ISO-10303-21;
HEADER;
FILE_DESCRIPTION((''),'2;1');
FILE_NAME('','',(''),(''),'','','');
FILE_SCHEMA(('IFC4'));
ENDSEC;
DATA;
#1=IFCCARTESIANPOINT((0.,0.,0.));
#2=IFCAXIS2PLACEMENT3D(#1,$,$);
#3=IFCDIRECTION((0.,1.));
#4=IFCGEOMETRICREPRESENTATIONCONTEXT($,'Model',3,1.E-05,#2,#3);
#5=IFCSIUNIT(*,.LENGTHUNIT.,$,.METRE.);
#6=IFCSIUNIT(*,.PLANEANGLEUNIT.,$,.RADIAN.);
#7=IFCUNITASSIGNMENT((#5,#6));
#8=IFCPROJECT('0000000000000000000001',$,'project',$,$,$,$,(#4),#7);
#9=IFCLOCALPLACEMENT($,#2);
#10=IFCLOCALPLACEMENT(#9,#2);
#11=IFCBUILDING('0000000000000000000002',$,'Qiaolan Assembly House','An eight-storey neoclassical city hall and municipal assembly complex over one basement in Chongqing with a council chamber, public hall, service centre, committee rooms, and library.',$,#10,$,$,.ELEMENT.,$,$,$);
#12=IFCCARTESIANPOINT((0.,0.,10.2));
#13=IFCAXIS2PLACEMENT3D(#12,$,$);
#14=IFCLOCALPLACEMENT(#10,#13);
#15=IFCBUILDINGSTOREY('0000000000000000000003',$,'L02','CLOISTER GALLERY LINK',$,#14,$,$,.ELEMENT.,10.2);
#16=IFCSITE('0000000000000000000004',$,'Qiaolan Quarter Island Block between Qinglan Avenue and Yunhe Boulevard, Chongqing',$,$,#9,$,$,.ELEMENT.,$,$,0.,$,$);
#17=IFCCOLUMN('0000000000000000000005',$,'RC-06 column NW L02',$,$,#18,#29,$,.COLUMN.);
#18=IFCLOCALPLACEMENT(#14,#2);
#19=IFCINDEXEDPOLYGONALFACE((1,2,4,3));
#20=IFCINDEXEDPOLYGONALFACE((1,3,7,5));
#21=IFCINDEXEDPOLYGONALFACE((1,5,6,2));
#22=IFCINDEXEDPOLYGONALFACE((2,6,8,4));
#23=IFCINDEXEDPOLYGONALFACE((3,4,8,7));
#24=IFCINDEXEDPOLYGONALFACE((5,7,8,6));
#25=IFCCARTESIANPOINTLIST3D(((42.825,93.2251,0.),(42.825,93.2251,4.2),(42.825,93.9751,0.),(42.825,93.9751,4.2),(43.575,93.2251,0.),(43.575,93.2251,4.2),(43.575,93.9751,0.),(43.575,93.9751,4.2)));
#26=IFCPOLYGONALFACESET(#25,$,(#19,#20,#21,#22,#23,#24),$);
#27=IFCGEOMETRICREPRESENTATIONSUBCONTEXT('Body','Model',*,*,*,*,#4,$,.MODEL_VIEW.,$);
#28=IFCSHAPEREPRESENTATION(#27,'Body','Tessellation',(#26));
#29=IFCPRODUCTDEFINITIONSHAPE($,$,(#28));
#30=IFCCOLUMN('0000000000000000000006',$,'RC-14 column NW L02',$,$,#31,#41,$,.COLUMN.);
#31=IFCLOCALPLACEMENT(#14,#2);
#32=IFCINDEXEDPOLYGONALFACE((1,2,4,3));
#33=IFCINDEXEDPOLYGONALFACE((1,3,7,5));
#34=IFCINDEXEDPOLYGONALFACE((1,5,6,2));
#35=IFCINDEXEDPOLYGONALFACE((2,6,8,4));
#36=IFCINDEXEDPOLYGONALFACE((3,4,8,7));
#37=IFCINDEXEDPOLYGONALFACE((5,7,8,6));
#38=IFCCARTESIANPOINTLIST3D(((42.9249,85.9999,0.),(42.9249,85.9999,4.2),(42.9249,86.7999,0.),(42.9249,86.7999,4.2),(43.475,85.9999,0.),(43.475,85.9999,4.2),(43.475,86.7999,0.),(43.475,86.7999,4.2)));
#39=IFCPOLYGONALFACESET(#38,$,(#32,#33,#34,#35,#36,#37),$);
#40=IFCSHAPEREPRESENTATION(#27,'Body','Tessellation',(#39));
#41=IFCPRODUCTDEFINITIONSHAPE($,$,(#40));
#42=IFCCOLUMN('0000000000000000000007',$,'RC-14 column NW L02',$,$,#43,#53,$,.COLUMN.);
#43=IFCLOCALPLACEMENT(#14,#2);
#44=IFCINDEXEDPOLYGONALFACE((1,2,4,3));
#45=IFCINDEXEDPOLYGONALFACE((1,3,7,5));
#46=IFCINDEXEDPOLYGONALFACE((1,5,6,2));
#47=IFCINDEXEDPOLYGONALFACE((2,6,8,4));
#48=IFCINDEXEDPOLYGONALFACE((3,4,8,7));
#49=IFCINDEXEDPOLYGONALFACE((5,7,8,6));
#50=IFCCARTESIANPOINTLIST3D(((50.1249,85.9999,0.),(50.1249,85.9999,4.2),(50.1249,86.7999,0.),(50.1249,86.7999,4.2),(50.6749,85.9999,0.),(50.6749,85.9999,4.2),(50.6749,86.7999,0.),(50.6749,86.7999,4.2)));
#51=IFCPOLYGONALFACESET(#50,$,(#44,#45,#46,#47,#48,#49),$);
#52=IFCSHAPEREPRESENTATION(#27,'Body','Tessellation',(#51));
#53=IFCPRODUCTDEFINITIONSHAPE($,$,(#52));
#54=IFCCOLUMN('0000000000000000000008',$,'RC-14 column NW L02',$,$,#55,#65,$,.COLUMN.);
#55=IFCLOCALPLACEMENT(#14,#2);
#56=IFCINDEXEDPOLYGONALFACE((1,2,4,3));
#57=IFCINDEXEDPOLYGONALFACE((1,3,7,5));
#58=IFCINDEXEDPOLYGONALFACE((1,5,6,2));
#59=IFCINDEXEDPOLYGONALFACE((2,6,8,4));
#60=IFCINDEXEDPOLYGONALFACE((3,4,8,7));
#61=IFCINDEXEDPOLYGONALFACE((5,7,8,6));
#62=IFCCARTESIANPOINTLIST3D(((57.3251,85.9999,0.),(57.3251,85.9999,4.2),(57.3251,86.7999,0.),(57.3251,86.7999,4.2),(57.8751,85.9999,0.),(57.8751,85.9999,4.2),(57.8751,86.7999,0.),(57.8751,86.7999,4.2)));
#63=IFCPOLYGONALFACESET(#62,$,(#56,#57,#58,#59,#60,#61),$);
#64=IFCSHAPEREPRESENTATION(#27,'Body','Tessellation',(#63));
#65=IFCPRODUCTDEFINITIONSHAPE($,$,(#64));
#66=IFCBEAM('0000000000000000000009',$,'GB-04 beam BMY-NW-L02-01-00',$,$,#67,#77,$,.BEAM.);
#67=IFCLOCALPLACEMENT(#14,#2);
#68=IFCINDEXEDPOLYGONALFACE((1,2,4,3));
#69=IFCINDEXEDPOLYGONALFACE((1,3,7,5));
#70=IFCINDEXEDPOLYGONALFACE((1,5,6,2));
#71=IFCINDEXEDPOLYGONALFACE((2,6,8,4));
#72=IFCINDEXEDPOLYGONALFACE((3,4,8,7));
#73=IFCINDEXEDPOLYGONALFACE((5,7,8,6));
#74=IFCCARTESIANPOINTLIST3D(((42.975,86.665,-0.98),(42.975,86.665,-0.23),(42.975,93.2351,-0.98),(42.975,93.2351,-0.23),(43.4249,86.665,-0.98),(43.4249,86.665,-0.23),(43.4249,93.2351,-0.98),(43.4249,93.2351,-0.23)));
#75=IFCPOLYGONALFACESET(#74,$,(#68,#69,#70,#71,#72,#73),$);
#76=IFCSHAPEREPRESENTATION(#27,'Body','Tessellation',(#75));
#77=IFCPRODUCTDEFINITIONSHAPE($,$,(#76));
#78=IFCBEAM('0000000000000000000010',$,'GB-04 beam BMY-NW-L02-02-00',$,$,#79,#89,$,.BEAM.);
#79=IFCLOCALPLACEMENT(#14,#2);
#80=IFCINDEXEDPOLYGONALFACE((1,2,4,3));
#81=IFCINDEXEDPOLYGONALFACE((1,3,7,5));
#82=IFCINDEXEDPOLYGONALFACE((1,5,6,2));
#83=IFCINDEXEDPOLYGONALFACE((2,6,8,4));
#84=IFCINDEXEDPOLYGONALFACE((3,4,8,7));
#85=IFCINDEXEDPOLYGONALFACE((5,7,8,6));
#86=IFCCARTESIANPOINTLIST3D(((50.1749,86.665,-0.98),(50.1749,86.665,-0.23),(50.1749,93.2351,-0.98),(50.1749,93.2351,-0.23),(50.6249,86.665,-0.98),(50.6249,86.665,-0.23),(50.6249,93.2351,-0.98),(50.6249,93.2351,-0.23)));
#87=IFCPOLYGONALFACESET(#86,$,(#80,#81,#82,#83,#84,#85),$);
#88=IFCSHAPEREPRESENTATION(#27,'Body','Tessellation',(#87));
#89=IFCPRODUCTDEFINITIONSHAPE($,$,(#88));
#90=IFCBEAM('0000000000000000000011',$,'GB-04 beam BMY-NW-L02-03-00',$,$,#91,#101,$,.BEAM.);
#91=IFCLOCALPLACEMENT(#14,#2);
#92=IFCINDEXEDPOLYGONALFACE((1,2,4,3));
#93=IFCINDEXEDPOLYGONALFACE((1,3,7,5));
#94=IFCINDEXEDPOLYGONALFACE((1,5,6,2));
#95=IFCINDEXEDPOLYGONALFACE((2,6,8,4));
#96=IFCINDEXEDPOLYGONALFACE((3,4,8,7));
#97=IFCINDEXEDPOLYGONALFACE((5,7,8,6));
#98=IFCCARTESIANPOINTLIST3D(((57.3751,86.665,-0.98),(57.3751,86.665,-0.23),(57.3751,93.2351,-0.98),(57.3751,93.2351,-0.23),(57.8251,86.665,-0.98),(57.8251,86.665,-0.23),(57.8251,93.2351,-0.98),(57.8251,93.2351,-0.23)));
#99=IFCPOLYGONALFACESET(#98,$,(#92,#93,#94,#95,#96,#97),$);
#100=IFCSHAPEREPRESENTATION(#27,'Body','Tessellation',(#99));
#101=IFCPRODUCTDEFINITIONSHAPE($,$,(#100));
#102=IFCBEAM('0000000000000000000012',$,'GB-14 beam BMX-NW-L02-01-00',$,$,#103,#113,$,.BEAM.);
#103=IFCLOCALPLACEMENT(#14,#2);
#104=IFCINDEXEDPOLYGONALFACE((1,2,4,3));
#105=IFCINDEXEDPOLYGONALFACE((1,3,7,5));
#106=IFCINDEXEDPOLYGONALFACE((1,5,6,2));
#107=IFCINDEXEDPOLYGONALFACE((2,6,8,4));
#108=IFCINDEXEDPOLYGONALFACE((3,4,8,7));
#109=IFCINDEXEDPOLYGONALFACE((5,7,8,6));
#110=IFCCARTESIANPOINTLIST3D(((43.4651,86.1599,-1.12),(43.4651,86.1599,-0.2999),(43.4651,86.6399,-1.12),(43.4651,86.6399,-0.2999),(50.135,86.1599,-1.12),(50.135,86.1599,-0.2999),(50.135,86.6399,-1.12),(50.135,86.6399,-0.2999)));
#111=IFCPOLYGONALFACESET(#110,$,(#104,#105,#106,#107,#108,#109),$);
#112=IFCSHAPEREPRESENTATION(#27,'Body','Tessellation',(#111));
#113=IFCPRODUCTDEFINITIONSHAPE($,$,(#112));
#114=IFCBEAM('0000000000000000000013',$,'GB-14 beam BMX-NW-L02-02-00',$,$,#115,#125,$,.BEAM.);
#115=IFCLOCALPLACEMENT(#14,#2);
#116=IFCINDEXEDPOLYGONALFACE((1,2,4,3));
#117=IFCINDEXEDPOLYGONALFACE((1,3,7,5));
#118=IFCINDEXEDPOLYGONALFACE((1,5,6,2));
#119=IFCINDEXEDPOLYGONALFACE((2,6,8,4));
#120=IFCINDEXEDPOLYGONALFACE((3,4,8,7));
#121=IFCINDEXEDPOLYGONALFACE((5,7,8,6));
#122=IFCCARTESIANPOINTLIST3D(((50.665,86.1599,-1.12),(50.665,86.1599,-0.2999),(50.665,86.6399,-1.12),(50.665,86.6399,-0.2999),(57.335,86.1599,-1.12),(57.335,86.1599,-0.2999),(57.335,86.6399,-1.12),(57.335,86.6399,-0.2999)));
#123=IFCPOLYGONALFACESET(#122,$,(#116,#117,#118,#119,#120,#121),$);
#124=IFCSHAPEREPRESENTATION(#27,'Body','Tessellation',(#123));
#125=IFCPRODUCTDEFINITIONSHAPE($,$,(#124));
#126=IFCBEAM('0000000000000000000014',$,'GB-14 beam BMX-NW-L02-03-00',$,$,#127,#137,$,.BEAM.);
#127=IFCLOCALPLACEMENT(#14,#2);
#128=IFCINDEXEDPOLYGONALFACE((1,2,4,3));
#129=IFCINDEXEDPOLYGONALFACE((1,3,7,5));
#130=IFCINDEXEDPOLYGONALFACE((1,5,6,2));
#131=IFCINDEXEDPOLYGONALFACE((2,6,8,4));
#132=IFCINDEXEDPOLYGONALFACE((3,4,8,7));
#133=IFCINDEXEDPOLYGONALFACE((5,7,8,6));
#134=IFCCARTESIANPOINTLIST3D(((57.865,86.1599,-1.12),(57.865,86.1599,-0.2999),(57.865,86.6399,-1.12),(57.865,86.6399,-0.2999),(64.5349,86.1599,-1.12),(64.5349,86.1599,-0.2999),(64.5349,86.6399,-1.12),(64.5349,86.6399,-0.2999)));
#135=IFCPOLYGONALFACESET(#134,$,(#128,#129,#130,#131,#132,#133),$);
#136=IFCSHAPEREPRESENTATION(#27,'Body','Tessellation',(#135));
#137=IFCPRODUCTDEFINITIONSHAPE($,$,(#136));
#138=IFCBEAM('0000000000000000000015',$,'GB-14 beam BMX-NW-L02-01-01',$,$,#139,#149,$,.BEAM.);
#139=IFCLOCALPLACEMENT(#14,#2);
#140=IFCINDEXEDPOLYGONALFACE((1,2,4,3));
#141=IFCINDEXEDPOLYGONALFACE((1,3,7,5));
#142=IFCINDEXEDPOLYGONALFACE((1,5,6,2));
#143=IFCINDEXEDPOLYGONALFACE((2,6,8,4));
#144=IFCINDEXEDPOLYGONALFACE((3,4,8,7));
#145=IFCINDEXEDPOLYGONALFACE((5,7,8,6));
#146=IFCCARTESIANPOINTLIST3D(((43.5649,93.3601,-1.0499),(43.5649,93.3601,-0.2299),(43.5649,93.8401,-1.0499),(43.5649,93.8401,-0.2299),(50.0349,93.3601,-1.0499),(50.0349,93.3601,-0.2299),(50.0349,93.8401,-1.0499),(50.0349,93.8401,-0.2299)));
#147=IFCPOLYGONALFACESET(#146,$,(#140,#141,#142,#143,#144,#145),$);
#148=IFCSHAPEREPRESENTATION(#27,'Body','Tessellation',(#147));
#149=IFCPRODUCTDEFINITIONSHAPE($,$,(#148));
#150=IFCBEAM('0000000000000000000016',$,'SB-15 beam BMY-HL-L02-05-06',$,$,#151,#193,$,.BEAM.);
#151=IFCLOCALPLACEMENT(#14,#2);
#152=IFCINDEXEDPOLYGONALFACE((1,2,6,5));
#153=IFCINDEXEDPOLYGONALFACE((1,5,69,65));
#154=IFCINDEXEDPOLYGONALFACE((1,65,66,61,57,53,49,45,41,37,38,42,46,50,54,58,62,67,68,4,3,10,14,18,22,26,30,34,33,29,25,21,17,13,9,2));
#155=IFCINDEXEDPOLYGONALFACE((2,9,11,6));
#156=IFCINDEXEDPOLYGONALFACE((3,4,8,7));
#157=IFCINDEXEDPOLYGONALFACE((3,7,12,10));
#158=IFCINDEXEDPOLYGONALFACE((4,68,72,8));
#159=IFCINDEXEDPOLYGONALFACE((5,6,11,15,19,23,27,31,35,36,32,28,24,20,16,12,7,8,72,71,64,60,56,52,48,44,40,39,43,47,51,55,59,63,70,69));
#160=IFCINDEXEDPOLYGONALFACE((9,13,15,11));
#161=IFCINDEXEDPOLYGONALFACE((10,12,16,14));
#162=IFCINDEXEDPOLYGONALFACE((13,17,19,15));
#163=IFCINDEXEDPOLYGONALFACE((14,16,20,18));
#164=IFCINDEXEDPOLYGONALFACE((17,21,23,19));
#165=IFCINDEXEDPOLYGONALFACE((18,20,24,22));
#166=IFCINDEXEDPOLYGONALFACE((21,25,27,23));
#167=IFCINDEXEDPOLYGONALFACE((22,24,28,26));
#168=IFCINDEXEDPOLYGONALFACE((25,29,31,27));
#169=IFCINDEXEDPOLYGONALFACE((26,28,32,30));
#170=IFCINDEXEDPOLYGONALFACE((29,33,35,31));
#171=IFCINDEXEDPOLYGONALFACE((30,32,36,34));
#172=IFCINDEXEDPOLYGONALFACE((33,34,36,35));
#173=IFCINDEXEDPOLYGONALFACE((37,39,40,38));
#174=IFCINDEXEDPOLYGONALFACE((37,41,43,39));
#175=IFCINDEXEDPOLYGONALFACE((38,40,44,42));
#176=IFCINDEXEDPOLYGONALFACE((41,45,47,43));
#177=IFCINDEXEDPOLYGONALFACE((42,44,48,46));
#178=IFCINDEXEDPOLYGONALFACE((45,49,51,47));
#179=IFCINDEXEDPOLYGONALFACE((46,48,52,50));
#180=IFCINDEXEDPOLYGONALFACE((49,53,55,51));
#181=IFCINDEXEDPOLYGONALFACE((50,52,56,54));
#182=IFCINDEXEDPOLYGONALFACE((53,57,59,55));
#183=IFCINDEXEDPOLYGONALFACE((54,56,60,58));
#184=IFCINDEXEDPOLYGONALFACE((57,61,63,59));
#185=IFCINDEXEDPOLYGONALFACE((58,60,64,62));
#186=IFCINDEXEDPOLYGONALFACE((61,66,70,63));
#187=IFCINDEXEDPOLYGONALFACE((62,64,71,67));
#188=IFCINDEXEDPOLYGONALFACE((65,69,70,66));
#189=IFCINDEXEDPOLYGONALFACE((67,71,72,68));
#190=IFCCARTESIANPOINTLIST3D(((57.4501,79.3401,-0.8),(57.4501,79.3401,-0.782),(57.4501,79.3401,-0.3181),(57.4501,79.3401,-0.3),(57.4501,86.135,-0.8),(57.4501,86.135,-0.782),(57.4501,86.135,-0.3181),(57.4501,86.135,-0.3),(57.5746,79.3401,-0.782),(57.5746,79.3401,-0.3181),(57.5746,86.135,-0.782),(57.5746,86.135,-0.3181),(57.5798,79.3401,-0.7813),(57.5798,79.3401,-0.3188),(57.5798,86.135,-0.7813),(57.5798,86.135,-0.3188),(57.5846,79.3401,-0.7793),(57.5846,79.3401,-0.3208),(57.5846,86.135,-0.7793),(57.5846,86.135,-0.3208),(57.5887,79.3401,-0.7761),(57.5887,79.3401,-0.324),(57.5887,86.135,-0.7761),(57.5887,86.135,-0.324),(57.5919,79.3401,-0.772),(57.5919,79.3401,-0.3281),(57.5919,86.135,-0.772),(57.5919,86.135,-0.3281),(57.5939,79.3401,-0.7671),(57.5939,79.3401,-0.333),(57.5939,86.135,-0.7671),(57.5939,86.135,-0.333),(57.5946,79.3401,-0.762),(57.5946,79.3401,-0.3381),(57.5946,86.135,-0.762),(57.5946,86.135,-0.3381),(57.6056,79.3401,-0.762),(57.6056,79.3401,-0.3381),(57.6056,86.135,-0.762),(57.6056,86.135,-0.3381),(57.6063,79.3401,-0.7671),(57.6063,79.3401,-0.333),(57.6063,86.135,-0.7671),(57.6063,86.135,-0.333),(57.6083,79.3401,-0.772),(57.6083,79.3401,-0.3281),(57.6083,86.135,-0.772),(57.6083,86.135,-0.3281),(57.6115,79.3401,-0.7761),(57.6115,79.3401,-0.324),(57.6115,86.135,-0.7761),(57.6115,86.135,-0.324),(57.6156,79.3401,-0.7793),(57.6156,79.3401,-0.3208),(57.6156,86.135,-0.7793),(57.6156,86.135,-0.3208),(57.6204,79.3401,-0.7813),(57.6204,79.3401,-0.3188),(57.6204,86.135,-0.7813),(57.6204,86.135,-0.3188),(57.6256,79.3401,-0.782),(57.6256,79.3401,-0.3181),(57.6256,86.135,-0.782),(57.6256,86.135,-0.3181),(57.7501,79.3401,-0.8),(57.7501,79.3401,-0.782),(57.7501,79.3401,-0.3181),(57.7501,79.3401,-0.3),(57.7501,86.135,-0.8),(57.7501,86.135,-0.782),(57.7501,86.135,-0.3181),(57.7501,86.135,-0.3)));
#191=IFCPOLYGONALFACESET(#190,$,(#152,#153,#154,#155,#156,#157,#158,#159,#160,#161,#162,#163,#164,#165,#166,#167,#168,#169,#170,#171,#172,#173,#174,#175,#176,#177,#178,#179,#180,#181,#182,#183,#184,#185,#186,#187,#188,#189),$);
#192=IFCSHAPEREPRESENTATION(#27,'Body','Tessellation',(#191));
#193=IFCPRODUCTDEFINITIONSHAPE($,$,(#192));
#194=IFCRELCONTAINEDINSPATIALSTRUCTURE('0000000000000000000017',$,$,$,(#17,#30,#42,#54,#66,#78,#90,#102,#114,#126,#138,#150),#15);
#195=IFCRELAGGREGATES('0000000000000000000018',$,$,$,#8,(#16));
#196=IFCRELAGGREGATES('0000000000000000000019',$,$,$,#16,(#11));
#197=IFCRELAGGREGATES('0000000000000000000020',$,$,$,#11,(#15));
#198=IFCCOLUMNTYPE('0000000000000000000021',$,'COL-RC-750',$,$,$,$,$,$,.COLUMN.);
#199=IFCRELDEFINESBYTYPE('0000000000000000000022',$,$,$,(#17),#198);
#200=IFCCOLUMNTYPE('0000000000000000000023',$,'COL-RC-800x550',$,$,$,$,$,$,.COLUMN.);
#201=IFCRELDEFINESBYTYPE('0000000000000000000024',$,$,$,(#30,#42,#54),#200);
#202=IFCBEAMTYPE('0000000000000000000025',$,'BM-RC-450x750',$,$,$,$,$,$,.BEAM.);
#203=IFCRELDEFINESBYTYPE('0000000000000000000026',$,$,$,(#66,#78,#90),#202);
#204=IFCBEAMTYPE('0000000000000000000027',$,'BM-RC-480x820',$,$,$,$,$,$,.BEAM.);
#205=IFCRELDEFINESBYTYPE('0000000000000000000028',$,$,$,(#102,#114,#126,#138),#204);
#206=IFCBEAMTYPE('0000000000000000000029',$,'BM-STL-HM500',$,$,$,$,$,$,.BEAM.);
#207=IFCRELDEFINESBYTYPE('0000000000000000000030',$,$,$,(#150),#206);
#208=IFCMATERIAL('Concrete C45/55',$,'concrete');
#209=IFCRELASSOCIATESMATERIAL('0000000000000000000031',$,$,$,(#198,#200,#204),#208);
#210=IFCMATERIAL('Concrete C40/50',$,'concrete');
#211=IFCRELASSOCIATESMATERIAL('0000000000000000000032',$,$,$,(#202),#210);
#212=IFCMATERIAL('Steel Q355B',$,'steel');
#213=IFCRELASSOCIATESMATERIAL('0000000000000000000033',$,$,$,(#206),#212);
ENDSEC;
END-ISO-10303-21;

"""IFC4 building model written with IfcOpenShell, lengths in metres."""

from ifc_helpers import new_model, si_unit, direction, frame, origin, origin_2d, place, context, subcontext, project, spatial, rectangle, i_section, extrude, material, material_profile, profile_set, type_object, element, save


model = new_model("IFC4")

# Units and contexts
model_context = context("Model", 3, precision=1e-05, world=origin(), true_north=direction((0.0, 1.0)))
body_context = subcontext(model_context, "Body", "Model", "MODEL_VIEW")
ifc_project = project(units=[si_unit("LENGTHUNIT", "METRE"), si_unit("PLANEANGLEUNIT", "RADIAN")], contexts=[model_context])

# Site, building, storey
site_placement = place(None, origin())
site = spatial("IfcSite", under=ifc_project, at=site_placement, Name="Qiaolan Quarter Island Block between Qinglan Avenue and Yunhe Boulevard, Chongqing", CompositionType="ELEMENT", RefElevation=0.0)
building_placement = place(site_placement, origin())
building = spatial("IfcBuilding", under=site, at=building_placement, Name="Qiaolan Assembly House", Description="An eight-storey neoclassical city hall and municipal assembly complex over one basement in Chongqing with a council chamber, public hall, service centre, committee rooms, and library.", CompositionType="ELEMENT")
storey_placement = place(building_placement, frame((0.0, 0.0, 10.2)))
storey = spatial("IfcBuildingStorey", under=building, at=storey_placement, Name="L02", Description="CLOISTER GALLERY LINK", CompositionType="ELEMENT", Elevation=10.2)

# Columns
ifc_material_1 = material(Name="Concrete C45/55", Category="concrete")
ifc_material_profile_1 = material_profile(ifc_material_1, rectangle(XDim=0.75, YDim=0.75, at=origin_2d()), Name="RC 750x750")
ifc_profile_set_1 = profile_set([ifc_material_profile_1], Name="Concrete C45/55")
column_type_1 = type_object("IfcColumnType", Name="COL-RC-750", PredefinedType="COLUMN", material=ifc_profile_set_1)
column_placement = place(storey_placement, frame((43.2, 93.6001, 0.0), z_axis=(0.0, 0.0, 1.0), x_axis=(1.0, 0.0, 0.0)))
element("IfcColumn", 1, at=column_placement, inside=storey, type_object=column_type_1, Name="RC-06 column NW L02", PredefinedType="COLUMN", context=body_context, shape_type="SweptSolid", body=[
    extrude(rectangle(XDim=0.75, YDim=0.75, at=origin_2d()), origin(), (0.0, 0.0, 1.0), 4.2),
])
ifc_material_profile_2 = material_profile(ifc_material_1, rectangle(XDim=0.55, YDim=0.8, at=origin_2d()), Name="RC 800x550")
ifc_profile_set_2 = profile_set([ifc_material_profile_2], Name="Concrete C45/55")
column_type_2 = type_object("IfcColumnType", Name="COL-RC-800x550", PredefinedType="COLUMN", material=ifc_profile_set_2)
for number, where, z_axis, x_axis, name in (
    (2, (43.2, 86.3999, 0.0), (0.0, 0.0, 1.0), (1.0, 0.0, 0.0), "RC-14 column NW L02"),
    (3, (50.3999, 86.3999, 0.0), (0.0, 0.0, 1.0), (1.0, 0.0, 0.0), "RC-14 column NW L02"),
    (4, (57.6001, 86.3999, 0.0), (0.0, 0.0, 1.0), (1.0, 0.0, 0.0), "RC-14 column NW L02"),
):
    element("IfcColumn", number, at=place(storey_placement, frame(where, z_axis=z_axis, x_axis=x_axis)), inside=storey, type_object=column_type_2, Name=name, PredefinedType="COLUMN", context=body_context, shape_type="SweptSolid", body=[
        extrude(rectangle(XDim=0.55, YDim=0.8, at=origin_2d()), origin(), (0.0, 0.0, 1.0), 4.2),
    ])

# Beams
ifc_material_2 = material(Name="Concrete C40/50", Category="concrete")
ifc_material_profile_3 = material_profile(ifc_material_2, rectangle(XDim=0.45, YDim=0.75, at=origin_2d()), Name="RCB 450x750")
ifc_profile_set_3 = profile_set([ifc_material_profile_3], Name="Concrete C40/50")
beam_type_1 = type_object("IfcBeamType", Name="BM-RC-450x750", PredefinedType="BEAM", material=ifc_profile_set_3)
for number, where, z_axis, x_axis, name in (
    (5, (43.2, 86.665, -0.605), (0.0, 1.0, 0.0), (-1.0, 0.0, 0.0), "GB-04 beam BMY-NW-L02-01-00"),
    (6, (50.3999, 86.665, -0.605), (0.0, 1.0, 0.0), (-1.0, 0.0, 0.0), "GB-04 beam BMY-NW-L02-02-00"),
    (7, (57.6001, 86.665, -0.605), (0.0, 1.0, 0.0), (-1.0, 0.0, 0.0), "GB-04 beam BMY-NW-L02-03-00"),
):
    element("IfcBeam", number, at=place(storey_placement, frame(where, z_axis=z_axis, x_axis=x_axis)), inside=storey, type_object=beam_type_1, Name=name, PredefinedType="BEAM", context=body_context, shape_type="SweptSolid", body=[
        extrude(rectangle(XDim=0.45, YDim=0.75, at=origin_2d()), origin(), (0.0, 0.0, 1.0), 6.5701),
    ])
ifc_material_profile_4 = material_profile(ifc_material_1, rectangle(XDim=0.48, YDim=0.8201, at=origin_2d()), Name="RCB 480x820")
ifc_profile_set_4 = profile_set([ifc_material_profile_4], Name="Concrete C45/55")
beam_type_2 = type_object("IfcBeamType", Name="BM-RC-480x820", PredefinedType="BEAM", material=ifc_profile_set_4)
for number, where, z_axis, x_axis, name in (
    (8, (43.4651, 86.3999, -0.71), (1.0, 0.0, 0.0), (0.0, 1.0, 0.0), "GB-14 beam BMX-NW-L02-01-00"),
    (9, (50.665, 86.3999, -0.71), (1.0, 0.0, 0.0), (0.0, 1.0, 0.0), "GB-14 beam BMX-NW-L02-02-00"),
    (10, (57.865, 86.3999, -0.71), (1.0, 0.0, 0.0), (0.0, 1.0, 0.0), "GB-14 beam BMX-NW-L02-03-00"),
):
    element("IfcBeam", number, at=place(storey_placement, frame(where, z_axis=z_axis, x_axis=x_axis)), inside=storey, type_object=beam_type_2, Name=name, PredefinedType="BEAM", context=body_context, shape_type="SweptSolid", body=[
        extrude(rectangle(XDim=0.48, YDim=0.8201, at=origin_2d()), origin(), (0.0, 0.0, 1.0), 6.6699),
    ])
beam_1_placement = place(storey_placement, frame((43.5649, 93.6001, -0.6399), z_axis=(1.0, 0.0, 0.0), x_axis=(0.0, 1.0, 0.0)))
element("IfcBeam", 11, at=beam_1_placement, inside=storey, type_object=beam_type_2, Name="GB-14 beam BMX-NW-L02-01-01", PredefinedType="BEAM", context=body_context, shape_type="SweptSolid", body=[
    extrude(rectangle(XDim=0.48, YDim=0.8201, at=origin_2d()), origin(), (0.0, 0.0, 1.0), 6.47),
])
ifc_material_3 = material(Name="Steel Q355B", Category="steel")
ifc_material_profile_5 = material_profile(ifc_material_3, i_section(OverallWidth=0.3, OverallDepth=0.5, WebThickness=0.011, FlangeThickness=0.0181, FilletRadius=0.02, at=origin_2d()), Name="HM 500x300x11x18")
ifc_profile_set_5 = profile_set([ifc_material_profile_5], Name="Steel Q355B")
beam_type_3 = type_object("IfcBeamType", Name="BM-STL-HM500", PredefinedType="BEAM", material=ifc_profile_set_5)
beam_2_placement = place(storey_placement, frame((57.6001, 79.3401, -0.55), z_axis=(0.0, 1.0, 0.0), x_axis=(-1.0, 0.0, 0.0)))
element("IfcBeam", 12, at=beam_2_placement, inside=storey, type_object=beam_type_3, Name="SB-15 beam BMY-HL-L02-05-06", PredefinedType="BEAM", context=body_context, shape_type="SweptSolid", body=[
    extrude(i_section(OverallWidth=0.3, OverallDepth=0.5, WebThickness=0.011, FlangeThickness=0.0181, FilletRadius=0.02, at=origin_2d()), origin(), (0.0, 0.0, 1.0), 6.7949),
])

save(model, "model.ifc")
